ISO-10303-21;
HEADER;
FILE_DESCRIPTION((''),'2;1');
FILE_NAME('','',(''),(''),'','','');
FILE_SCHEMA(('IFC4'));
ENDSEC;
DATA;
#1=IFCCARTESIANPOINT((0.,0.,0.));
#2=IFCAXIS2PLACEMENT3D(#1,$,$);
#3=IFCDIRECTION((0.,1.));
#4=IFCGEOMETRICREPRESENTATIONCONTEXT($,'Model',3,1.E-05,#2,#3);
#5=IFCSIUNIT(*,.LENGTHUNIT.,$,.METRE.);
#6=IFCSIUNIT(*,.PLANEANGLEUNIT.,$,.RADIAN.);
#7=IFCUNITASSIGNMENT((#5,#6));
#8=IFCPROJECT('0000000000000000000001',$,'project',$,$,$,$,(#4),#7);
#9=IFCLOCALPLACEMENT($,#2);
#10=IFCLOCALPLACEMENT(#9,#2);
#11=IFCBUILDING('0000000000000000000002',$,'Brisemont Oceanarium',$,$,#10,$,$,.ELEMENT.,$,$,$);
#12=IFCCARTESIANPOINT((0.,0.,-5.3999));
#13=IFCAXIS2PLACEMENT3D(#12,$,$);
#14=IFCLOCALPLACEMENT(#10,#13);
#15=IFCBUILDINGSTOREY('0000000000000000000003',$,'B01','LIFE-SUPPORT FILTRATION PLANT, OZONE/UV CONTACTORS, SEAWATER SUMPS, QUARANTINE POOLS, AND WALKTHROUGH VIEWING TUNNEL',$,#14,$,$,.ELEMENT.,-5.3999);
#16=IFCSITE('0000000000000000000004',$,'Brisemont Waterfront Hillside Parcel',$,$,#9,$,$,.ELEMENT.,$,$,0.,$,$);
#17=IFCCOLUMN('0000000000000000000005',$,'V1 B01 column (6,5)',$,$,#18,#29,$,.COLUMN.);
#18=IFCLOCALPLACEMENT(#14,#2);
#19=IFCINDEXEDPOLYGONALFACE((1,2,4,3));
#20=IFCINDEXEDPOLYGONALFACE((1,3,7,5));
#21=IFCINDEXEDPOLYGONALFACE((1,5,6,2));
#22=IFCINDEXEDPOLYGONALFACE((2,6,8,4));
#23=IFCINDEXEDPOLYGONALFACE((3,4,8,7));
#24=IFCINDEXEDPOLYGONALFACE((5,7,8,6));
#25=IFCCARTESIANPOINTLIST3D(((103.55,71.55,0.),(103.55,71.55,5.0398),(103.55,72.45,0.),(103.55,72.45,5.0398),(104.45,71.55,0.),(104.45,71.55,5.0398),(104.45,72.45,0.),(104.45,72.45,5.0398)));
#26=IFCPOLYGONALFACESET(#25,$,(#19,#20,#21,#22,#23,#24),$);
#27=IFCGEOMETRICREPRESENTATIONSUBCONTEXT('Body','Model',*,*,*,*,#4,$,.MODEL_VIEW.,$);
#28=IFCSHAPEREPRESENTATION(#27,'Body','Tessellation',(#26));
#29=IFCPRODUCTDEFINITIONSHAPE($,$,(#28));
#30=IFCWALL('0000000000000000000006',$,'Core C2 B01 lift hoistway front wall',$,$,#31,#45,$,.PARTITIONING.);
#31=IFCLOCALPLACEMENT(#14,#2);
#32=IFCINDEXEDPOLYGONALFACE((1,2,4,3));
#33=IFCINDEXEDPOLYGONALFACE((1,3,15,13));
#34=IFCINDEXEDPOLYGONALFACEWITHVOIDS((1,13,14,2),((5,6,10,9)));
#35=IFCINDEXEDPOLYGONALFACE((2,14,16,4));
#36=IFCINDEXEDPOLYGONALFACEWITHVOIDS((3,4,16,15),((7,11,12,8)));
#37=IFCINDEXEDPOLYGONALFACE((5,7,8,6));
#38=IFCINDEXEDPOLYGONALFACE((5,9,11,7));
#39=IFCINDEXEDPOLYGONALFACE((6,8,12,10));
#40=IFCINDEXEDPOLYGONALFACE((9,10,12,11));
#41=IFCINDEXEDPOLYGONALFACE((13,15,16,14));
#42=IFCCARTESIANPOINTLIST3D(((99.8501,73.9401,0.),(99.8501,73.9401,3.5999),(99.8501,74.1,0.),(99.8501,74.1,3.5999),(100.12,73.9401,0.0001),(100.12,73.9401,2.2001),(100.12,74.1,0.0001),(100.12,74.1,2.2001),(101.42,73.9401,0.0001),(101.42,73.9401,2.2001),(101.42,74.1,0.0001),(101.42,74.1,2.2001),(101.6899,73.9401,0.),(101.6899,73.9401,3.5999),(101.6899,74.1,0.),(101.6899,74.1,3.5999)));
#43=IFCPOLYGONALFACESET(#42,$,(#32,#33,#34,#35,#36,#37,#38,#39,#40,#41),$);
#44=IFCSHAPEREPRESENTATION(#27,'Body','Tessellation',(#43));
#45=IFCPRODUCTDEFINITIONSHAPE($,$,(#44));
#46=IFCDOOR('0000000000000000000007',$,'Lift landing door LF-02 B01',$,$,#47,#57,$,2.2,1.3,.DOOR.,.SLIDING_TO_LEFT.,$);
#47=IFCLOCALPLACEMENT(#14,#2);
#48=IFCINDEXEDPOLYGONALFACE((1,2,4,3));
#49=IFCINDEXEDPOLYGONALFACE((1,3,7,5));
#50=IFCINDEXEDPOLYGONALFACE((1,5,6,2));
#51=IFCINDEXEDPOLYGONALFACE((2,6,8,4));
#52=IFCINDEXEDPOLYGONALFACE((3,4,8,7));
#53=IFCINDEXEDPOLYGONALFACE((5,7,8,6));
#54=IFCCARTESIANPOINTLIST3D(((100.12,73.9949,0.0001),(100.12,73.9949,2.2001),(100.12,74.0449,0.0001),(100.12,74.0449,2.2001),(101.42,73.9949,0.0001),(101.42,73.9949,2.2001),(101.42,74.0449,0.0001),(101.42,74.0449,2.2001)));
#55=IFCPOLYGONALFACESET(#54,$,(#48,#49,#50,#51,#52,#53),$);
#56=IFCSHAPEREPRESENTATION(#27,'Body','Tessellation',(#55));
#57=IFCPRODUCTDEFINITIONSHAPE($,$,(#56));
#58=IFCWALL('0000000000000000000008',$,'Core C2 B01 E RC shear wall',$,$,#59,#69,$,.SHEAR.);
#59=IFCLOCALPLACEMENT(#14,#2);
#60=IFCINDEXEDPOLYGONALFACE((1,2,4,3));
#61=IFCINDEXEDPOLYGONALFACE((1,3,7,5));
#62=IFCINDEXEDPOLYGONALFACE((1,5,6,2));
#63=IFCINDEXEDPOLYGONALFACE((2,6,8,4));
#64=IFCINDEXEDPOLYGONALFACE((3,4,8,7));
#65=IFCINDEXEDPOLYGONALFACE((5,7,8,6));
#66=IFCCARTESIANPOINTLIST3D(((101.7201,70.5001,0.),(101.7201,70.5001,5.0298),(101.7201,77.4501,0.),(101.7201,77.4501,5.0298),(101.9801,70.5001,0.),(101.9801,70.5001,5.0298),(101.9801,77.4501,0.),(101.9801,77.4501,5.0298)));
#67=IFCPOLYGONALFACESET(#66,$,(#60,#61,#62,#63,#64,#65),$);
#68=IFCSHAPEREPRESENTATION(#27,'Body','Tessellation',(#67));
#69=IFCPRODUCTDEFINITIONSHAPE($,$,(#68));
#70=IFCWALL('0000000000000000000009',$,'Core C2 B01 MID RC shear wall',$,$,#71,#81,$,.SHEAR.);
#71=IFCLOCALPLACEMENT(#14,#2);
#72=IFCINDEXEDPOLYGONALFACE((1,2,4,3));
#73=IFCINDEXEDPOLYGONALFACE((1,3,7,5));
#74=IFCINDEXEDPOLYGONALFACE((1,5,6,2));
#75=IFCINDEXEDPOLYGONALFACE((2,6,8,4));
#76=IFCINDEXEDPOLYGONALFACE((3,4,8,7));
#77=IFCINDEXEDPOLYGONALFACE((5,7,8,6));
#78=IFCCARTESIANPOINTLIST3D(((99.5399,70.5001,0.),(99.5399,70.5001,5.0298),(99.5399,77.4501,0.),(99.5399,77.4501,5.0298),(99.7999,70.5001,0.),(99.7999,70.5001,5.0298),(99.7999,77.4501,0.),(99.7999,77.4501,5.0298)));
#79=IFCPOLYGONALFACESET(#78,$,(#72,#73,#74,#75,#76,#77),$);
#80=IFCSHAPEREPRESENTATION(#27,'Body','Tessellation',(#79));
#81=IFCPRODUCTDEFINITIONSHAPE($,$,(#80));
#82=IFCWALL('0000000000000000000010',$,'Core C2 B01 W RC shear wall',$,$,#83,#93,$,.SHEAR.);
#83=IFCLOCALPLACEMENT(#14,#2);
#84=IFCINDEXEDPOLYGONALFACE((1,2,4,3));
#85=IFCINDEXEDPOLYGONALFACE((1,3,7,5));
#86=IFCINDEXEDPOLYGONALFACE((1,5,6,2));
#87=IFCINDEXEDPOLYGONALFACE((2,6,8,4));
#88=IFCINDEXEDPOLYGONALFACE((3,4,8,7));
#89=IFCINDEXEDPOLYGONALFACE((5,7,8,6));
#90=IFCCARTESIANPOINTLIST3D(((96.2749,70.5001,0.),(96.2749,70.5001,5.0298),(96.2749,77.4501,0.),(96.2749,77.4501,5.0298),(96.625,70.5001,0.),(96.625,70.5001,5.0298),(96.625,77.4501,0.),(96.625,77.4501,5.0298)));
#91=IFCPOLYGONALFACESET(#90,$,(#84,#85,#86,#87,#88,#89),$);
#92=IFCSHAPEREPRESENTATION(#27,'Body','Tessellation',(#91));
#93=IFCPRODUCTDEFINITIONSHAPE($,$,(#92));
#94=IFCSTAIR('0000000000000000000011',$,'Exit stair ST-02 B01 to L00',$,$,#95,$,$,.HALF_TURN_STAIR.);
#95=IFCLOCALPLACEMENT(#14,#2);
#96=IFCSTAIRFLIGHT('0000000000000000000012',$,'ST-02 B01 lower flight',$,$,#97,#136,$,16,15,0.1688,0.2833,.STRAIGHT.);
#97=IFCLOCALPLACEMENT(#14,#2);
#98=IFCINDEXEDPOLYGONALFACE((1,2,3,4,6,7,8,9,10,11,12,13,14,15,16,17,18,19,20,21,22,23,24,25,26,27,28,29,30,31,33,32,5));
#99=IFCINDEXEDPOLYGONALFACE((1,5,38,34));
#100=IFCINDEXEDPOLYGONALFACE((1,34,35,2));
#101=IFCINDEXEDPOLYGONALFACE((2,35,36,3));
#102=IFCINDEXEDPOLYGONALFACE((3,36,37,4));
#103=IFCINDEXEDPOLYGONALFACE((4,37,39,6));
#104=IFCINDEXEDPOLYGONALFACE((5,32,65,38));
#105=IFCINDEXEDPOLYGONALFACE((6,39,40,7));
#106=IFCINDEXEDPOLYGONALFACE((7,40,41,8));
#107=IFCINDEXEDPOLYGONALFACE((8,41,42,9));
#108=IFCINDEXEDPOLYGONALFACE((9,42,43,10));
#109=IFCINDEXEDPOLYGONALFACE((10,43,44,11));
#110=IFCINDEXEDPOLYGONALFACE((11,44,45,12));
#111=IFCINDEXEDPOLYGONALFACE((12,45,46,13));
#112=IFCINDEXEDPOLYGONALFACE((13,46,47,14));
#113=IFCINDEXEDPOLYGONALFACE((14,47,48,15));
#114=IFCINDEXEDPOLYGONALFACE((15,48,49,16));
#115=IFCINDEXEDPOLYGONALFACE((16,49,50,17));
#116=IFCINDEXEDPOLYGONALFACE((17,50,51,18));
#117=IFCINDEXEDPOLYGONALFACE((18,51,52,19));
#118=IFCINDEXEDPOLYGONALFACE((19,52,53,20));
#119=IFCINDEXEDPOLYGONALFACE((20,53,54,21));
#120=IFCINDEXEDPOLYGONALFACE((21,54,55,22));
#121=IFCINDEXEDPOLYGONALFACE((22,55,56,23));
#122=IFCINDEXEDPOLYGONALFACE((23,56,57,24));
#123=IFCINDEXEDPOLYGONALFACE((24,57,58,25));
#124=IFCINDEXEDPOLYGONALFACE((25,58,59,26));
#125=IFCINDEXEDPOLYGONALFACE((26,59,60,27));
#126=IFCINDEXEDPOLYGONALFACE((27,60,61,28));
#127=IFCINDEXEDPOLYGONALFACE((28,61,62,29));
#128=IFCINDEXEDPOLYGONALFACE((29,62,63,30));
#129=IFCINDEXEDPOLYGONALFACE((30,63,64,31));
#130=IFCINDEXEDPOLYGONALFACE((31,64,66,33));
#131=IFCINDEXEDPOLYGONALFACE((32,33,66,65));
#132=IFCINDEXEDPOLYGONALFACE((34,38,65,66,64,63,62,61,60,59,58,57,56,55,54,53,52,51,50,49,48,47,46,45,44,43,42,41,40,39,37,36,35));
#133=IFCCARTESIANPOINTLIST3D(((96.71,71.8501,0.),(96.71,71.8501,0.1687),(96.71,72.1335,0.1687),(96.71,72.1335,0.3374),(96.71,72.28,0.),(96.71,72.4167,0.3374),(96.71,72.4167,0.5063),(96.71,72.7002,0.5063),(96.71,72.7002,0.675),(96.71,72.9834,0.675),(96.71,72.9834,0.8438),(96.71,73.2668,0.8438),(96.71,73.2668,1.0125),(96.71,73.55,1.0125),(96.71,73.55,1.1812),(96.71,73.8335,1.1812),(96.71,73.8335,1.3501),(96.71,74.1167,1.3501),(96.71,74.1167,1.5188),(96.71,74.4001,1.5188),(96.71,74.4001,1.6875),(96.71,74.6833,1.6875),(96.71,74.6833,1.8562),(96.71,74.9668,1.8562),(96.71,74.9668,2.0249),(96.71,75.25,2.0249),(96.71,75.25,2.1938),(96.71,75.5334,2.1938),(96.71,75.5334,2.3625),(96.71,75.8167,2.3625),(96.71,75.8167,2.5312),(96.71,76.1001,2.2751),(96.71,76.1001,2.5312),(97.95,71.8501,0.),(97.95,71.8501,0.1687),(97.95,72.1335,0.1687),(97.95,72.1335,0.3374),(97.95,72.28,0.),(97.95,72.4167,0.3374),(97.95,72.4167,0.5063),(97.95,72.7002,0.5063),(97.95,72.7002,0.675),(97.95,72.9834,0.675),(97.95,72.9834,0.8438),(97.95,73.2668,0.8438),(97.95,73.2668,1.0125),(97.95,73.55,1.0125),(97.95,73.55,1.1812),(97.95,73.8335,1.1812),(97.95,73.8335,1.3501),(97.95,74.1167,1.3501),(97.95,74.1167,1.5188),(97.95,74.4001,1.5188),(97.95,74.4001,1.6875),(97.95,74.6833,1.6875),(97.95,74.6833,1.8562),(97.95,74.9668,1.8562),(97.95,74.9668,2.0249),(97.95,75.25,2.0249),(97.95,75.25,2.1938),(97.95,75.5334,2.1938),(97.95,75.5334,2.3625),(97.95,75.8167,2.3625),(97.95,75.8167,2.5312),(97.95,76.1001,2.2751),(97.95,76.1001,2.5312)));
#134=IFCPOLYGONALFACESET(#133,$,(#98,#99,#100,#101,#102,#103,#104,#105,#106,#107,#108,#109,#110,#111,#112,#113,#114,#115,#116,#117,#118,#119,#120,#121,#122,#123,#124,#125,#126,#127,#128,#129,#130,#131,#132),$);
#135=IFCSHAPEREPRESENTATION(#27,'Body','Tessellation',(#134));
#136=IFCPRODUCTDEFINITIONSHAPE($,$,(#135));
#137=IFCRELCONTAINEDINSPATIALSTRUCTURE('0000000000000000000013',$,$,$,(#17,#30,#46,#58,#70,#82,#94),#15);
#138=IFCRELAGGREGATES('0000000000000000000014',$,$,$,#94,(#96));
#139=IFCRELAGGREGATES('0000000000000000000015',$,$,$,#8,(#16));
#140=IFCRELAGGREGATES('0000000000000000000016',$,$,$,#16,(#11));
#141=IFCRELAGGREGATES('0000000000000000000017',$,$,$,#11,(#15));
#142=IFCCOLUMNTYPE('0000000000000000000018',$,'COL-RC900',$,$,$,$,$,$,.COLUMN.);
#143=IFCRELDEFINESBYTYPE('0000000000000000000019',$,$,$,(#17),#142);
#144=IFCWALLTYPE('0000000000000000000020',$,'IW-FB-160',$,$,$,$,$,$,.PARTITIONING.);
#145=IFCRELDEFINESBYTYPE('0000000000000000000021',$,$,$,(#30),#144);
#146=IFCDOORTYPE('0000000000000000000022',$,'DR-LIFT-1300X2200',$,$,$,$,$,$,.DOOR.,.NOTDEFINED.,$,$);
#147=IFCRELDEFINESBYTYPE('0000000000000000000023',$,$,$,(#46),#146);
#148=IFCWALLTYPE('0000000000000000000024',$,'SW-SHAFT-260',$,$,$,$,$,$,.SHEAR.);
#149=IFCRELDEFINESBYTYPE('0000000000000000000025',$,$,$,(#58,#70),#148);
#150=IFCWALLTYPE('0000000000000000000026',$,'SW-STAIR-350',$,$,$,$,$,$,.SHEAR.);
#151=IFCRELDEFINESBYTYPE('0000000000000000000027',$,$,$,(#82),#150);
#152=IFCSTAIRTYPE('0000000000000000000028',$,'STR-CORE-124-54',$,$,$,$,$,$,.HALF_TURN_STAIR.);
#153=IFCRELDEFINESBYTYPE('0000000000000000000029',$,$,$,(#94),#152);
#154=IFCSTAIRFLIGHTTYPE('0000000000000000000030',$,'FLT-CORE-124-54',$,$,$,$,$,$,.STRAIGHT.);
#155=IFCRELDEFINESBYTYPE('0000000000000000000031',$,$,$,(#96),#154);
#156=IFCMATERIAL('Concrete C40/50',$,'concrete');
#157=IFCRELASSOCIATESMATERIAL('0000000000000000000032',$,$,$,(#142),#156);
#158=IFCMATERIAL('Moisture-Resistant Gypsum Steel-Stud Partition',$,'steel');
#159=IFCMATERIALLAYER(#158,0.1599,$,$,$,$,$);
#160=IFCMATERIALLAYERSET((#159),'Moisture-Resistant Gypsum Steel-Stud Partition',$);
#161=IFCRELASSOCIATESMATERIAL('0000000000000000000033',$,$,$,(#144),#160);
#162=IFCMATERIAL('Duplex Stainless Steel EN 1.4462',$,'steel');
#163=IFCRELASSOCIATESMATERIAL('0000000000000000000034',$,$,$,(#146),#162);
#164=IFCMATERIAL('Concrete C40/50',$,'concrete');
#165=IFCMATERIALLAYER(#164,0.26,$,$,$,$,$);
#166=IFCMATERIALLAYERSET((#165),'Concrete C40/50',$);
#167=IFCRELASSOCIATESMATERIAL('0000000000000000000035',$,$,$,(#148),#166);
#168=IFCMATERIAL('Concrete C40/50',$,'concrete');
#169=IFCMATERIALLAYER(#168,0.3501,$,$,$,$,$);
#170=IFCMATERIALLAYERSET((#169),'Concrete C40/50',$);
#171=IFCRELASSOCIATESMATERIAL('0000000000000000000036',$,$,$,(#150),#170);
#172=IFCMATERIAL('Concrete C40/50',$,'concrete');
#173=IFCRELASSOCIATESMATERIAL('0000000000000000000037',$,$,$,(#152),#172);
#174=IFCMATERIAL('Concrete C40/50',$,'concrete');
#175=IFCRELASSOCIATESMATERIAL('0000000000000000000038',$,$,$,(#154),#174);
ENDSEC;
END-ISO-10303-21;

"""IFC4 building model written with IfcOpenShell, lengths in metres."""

from ifc_helpers import new_model, si_unit, direction, frame, frame_2d, origin, origin_2d, place, context, subcontext, project, spatial, polyline, rectangle, outline, extrude, material, layer, layer_set, material_profile, profile_set, type_object, element, fill, aggregate, save


model = new_model("IFC4")

# Units and contexts
model_context = context("Model", 3, precision=1e-05, world=origin(), true_north=direction((0.0, 1.0)))
body_context = subcontext(model_context, "Body", "Model", "MODEL_VIEW")
ifc_project = project(units=[si_unit("LENGTHUNIT", "METRE"), si_unit("PLANEANGLEUNIT", "RADIAN")], contexts=[model_context])

# Site, building, storey
site_placement = place(None, origin())
site = spatial("IfcSite", under=ifc_project, at=site_placement, Name="Brisemont Waterfront Hillside Parcel", CompositionType="ELEMENT", RefElevation=0.0)
building_placement = place(site_placement, origin())
building = spatial("IfcBuilding", under=site, at=building_placement, Name="Brisemont Oceanarium", CompositionType="ELEMENT")
storey_placement = place(building_placement, frame((0.0, 0.0, -5.3999)))
storey = spatial("IfcBuildingStorey", under=building, at=storey_placement, Name="B01", Description="LIFE-SUPPORT FILTRATION PLANT, OZONE/UV CONTACTORS, SEAWATER SUMPS, QUARANTINE POOLS, AND WALKTHROUGH VIEWING TUNNEL", CompositionType="ELEMENT", Elevation=-5.3999)

# Column
ifc_material_1 = material(Name="Concrete C40/50", Category="concrete")
ifc_material_profile_1 = material_profile(ifc_material_1, rectangle(XDim=0.8999, YDim=0.8999, at=origin_2d()), Name="RC-COL-900X900")
ifc_profile_set_1 = profile_set([ifc_material_profile_1], Name="Concrete C40/50")
column_type_1 = type_object("IfcColumnType", Name="COL-RC900", PredefinedType="COLUMN", material=ifc_profile_set_1)
column_1_placement = place(storey_placement, frame((104.0, 72.0, 0.0), z_axis=(0.0, 0.0, 1.0), x_axis=(0.0, 1.0, 0.0)))
element("IfcColumn", 1, at=column_1_placement, inside=storey, type_object=column_type_1, Name="V1 B01 column (6,5)", PredefinedType="COLUMN", context=body_context, shape_type="SweptSolid", body=[
    extrude(rectangle(XDim=0.8999, YDim=0.8999, at=origin_2d()), origin(), (0.0, 0.0, 1.0), 5.0398),
])

# Wall, opening, door
ifc_material_2 = material(Name="Moisture-Resistant Gypsum Steel-Stud Partition", Category="steel")
ifc_layer_1 = layer(ifc_material_2, 0.1599)
ifc_layer_set_1 = layer_set([ifc_layer_1], Name="Moisture-Resistant Gypsum Steel-Stud Partition")
wall_type_1 = type_object("IfcWallType", Name="IW-FB-160", PredefinedType="PARTITIONING", material=ifc_layer_set_1)
wall_1_placement = place(storey_placement, frame((99.8501, 74.02, 0.0), z_axis=(0.0, 0.0, 1.0), x_axis=(1.0, 0.0, 0.0)))
wall_1 = element("IfcWall", 2, at=wall_1_placement, inside=storey, type_object=wall_type_1, Name="Core C2 B01 lift hoistway front wall", PredefinedType="PARTITIONING", context=body_context, shape_type="SweptSolid", body=[
    extrude(rectangle(XDim=1.8398, YDim=0.1599, at=frame_2d((0.9199, 0.0))), origin(), (0.0, 0.0, 1.0), 3.5999),
])
opening_1_placement = place(wall_1_placement, frame((0.27, 0.0, 0.0)))
opening_1 = element("IfcOpeningElement", 3, at=opening_1_placement, cuts=wall_1, PredefinedType="OPENING", context=body_context, shape_type="SweptSolid", body=[
    extrude(rectangle(XDim=1.3, YDim=2.2, at=frame_2d((0.6499, 1.1001))), frame((0.0, 0.0898, 0.0), z_axis=(0.0, -1.0, 0.0), x_axis=(1.0, 0.0, 0.0)), (0.0, 0.0, 1.0), 0.1799),
])
ifc_material_3 = material(Name="Duplex Stainless Steel EN 1.4462", Category="steel")
door_type_1 = type_object("IfcDoorType", Name="DR-LIFT-1300X2200", OperationType="NOTDEFINED", PredefinedType="DOOR", material=ifc_material_3)
door_1_placement = place(opening_1_placement, origin())
door_1 = element("IfcDoor", 4, at=door_1_placement, inside=storey, type_object=door_type_1, Name="Lift landing door LF-02 B01", OperationType="SLIDING_TO_LEFT", OverallHeight=2.2, OverallWidth=1.3, PredefinedType="DOOR", context=body_context, shape_type="SweptSolid", body=[
    extrude(rectangle(XDim=1.3, YDim=2.2, at=frame_2d((0.6499, 1.1001))), frame((0.0, 0.0249, 0.0), z_axis=(0.0, -1.0, 0.0), x_axis=(1.0, 0.0, 0.0)), (0.0, 0.0, 1.0), 0.05),
])
fill(opening_1, door_1)

# Walls
ifc_material_4 = material(Name="Concrete C40/50", Category="concrete")
ifc_layer_2 = layer(ifc_material_4, 0.26)
ifc_layer_set_2 = layer_set([ifc_layer_2], Name="Concrete C40/50")
wall_type_2 = type_object("IfcWallType", Name="SW-SHAFT-260", PredefinedType="SHEAR", material=ifc_layer_set_2)
for number, where, z_axis, x_axis, name in (
    (5, (101.8501, 70.5, 0.0), (0.0, 0.0, 1.0), (0.0, 1.0, 0.0), "Core C2 B01 E RC shear wall"),
    (6, (99.6699, 70.5, 0.0), (0.0, 0.0, 1.0), (0.0, 1.0, 0.0), "Core C2 B01 MID RC shear wall"),
):
    element("IfcWall", number, at=place(storey_placement, frame(where, z_axis=z_axis, x_axis=x_axis)), inside=storey, type_object=wall_type_2, Name=name, PredefinedType="SHEAR", context=body_context, shape_type="SweptSolid", body=[
        extrude(rectangle(XDim=6.95, YDim=0.26, at=frame_2d((3.4751, 0.0))), origin(), (0.0, 0.0, 1.0), 5.0298),
    ])

# Shared definitions
ifc_material_5 = material(Name="Concrete C40/50", Category="concrete")
ifc_layer_3 = layer(ifc_material_5, 0.3501)
ifc_layer_set_3 = layer_set([ifc_layer_3], Name="Concrete C40/50")
wall_type_3 = type_object("IfcWallType", Name="SW-STAIR-350", PredefinedType="SHEAR", material=ifc_layer_set_3)

# Wall
wall_2_placement = place(storey_placement, frame((96.45, 70.5, 0.0), z_axis=(0.0, 0.0, 1.0), x_axis=(0.0, 1.0, 0.0)))
element("IfcWall", 7, at=wall_2_placement, inside=storey, type_object=wall_type_3, Name="Core C2 B01 W RC shear wall", PredefinedType="SHEAR", context=body_context, shape_type="SweptSolid", body=[
    extrude(rectangle(XDim=6.95, YDim=0.3501, at=frame_2d((3.4751, 0.0))), origin(), (0.0, 0.0, 1.0), 5.0298),
])

# Stair, stair flight
ifc_material_6 = material(Name="Concrete C40/50", Category="concrete")
stair_type = type_object("IfcStairType", Name="STR-CORE-124-54", PredefinedType="HALF_TURN_STAIR", material=ifc_material_6)
stair_placement = place(storey_placement, origin())
stair = element("IfcStair", 8, at=stair_placement, inside=storey, type_object=stair_type, Name="Exit stair ST-02 B01 to L00", PredefinedType="HALF_TURN_STAIR")
ifc_material_7 = material(Name="Concrete C40/50", Category="concrete")
stair_flight_type = type_object("IfcStairFlightType", Name="FLT-CORE-124-54", PredefinedType="STRAIGHT", material=ifc_material_7)
stair_flight_placement = place(storey_placement, frame((97.3301, 71.8501, 0.0), z_axis=(0.0, 0.0, 1.0), x_axis=(0.0, 1.0, 0.0)))
stair_flight = element("IfcStairFlight", 9, at=stair_flight_placement, type_object=stair_flight_type, Name="ST-02 B01 lower flight", NumberOfRisers=16, NumberOfTreads=15, PredefinedType="STRAIGHT", RiserHeight=0.1688, TreadLength=0.2833, context=body_context, shape_type="SweptSolid", body=[
    extrude(outline(polyline([(0.0, 0.0), (0.0, 0.1687), (0.2834, 0.1687), (0.2834, 0.3374), (0.5667, 0.3374), (0.5667, 0.5063), (0.8501, 0.5063), (0.8501, 0.675), (1.1333, 0.675), (1.1333, 0.8438), (1.4167, 0.8438), (1.4167, 1.0125), (1.7, 1.0125), (1.7, 1.1812), (1.9834, 1.1812), (1.9834, 1.3501), (2.2666, 1.3501), (2.2666, 1.5188), (2.55, 1.5188), (2.55, 1.6875), (2.8333, 1.6875), (2.8333, 1.8562), (3.1167, 1.8562), (3.1167, 2.0249), (3.3999, 2.0249), (3.3999, 2.1938), (3.6833, 2.1938), (3.6833, 2.3625), (3.9666, 2.3625), (3.9666, 2.5312), (4.25, 2.5312), (4.25, 2.7), (4.25, 2.2751), (0.4299, 0.0), (0.0, 0.0)])), frame((0.0, 0.6201, 0.0), z_axis=(0.0, -1.0, 0.0), x_axis=(1.0, 0.0, 0.0)), (0.0, 0.0, 1.0), 1.24),
])
aggregate(stair, [stair_flight])

save(model, "model.ifc")
